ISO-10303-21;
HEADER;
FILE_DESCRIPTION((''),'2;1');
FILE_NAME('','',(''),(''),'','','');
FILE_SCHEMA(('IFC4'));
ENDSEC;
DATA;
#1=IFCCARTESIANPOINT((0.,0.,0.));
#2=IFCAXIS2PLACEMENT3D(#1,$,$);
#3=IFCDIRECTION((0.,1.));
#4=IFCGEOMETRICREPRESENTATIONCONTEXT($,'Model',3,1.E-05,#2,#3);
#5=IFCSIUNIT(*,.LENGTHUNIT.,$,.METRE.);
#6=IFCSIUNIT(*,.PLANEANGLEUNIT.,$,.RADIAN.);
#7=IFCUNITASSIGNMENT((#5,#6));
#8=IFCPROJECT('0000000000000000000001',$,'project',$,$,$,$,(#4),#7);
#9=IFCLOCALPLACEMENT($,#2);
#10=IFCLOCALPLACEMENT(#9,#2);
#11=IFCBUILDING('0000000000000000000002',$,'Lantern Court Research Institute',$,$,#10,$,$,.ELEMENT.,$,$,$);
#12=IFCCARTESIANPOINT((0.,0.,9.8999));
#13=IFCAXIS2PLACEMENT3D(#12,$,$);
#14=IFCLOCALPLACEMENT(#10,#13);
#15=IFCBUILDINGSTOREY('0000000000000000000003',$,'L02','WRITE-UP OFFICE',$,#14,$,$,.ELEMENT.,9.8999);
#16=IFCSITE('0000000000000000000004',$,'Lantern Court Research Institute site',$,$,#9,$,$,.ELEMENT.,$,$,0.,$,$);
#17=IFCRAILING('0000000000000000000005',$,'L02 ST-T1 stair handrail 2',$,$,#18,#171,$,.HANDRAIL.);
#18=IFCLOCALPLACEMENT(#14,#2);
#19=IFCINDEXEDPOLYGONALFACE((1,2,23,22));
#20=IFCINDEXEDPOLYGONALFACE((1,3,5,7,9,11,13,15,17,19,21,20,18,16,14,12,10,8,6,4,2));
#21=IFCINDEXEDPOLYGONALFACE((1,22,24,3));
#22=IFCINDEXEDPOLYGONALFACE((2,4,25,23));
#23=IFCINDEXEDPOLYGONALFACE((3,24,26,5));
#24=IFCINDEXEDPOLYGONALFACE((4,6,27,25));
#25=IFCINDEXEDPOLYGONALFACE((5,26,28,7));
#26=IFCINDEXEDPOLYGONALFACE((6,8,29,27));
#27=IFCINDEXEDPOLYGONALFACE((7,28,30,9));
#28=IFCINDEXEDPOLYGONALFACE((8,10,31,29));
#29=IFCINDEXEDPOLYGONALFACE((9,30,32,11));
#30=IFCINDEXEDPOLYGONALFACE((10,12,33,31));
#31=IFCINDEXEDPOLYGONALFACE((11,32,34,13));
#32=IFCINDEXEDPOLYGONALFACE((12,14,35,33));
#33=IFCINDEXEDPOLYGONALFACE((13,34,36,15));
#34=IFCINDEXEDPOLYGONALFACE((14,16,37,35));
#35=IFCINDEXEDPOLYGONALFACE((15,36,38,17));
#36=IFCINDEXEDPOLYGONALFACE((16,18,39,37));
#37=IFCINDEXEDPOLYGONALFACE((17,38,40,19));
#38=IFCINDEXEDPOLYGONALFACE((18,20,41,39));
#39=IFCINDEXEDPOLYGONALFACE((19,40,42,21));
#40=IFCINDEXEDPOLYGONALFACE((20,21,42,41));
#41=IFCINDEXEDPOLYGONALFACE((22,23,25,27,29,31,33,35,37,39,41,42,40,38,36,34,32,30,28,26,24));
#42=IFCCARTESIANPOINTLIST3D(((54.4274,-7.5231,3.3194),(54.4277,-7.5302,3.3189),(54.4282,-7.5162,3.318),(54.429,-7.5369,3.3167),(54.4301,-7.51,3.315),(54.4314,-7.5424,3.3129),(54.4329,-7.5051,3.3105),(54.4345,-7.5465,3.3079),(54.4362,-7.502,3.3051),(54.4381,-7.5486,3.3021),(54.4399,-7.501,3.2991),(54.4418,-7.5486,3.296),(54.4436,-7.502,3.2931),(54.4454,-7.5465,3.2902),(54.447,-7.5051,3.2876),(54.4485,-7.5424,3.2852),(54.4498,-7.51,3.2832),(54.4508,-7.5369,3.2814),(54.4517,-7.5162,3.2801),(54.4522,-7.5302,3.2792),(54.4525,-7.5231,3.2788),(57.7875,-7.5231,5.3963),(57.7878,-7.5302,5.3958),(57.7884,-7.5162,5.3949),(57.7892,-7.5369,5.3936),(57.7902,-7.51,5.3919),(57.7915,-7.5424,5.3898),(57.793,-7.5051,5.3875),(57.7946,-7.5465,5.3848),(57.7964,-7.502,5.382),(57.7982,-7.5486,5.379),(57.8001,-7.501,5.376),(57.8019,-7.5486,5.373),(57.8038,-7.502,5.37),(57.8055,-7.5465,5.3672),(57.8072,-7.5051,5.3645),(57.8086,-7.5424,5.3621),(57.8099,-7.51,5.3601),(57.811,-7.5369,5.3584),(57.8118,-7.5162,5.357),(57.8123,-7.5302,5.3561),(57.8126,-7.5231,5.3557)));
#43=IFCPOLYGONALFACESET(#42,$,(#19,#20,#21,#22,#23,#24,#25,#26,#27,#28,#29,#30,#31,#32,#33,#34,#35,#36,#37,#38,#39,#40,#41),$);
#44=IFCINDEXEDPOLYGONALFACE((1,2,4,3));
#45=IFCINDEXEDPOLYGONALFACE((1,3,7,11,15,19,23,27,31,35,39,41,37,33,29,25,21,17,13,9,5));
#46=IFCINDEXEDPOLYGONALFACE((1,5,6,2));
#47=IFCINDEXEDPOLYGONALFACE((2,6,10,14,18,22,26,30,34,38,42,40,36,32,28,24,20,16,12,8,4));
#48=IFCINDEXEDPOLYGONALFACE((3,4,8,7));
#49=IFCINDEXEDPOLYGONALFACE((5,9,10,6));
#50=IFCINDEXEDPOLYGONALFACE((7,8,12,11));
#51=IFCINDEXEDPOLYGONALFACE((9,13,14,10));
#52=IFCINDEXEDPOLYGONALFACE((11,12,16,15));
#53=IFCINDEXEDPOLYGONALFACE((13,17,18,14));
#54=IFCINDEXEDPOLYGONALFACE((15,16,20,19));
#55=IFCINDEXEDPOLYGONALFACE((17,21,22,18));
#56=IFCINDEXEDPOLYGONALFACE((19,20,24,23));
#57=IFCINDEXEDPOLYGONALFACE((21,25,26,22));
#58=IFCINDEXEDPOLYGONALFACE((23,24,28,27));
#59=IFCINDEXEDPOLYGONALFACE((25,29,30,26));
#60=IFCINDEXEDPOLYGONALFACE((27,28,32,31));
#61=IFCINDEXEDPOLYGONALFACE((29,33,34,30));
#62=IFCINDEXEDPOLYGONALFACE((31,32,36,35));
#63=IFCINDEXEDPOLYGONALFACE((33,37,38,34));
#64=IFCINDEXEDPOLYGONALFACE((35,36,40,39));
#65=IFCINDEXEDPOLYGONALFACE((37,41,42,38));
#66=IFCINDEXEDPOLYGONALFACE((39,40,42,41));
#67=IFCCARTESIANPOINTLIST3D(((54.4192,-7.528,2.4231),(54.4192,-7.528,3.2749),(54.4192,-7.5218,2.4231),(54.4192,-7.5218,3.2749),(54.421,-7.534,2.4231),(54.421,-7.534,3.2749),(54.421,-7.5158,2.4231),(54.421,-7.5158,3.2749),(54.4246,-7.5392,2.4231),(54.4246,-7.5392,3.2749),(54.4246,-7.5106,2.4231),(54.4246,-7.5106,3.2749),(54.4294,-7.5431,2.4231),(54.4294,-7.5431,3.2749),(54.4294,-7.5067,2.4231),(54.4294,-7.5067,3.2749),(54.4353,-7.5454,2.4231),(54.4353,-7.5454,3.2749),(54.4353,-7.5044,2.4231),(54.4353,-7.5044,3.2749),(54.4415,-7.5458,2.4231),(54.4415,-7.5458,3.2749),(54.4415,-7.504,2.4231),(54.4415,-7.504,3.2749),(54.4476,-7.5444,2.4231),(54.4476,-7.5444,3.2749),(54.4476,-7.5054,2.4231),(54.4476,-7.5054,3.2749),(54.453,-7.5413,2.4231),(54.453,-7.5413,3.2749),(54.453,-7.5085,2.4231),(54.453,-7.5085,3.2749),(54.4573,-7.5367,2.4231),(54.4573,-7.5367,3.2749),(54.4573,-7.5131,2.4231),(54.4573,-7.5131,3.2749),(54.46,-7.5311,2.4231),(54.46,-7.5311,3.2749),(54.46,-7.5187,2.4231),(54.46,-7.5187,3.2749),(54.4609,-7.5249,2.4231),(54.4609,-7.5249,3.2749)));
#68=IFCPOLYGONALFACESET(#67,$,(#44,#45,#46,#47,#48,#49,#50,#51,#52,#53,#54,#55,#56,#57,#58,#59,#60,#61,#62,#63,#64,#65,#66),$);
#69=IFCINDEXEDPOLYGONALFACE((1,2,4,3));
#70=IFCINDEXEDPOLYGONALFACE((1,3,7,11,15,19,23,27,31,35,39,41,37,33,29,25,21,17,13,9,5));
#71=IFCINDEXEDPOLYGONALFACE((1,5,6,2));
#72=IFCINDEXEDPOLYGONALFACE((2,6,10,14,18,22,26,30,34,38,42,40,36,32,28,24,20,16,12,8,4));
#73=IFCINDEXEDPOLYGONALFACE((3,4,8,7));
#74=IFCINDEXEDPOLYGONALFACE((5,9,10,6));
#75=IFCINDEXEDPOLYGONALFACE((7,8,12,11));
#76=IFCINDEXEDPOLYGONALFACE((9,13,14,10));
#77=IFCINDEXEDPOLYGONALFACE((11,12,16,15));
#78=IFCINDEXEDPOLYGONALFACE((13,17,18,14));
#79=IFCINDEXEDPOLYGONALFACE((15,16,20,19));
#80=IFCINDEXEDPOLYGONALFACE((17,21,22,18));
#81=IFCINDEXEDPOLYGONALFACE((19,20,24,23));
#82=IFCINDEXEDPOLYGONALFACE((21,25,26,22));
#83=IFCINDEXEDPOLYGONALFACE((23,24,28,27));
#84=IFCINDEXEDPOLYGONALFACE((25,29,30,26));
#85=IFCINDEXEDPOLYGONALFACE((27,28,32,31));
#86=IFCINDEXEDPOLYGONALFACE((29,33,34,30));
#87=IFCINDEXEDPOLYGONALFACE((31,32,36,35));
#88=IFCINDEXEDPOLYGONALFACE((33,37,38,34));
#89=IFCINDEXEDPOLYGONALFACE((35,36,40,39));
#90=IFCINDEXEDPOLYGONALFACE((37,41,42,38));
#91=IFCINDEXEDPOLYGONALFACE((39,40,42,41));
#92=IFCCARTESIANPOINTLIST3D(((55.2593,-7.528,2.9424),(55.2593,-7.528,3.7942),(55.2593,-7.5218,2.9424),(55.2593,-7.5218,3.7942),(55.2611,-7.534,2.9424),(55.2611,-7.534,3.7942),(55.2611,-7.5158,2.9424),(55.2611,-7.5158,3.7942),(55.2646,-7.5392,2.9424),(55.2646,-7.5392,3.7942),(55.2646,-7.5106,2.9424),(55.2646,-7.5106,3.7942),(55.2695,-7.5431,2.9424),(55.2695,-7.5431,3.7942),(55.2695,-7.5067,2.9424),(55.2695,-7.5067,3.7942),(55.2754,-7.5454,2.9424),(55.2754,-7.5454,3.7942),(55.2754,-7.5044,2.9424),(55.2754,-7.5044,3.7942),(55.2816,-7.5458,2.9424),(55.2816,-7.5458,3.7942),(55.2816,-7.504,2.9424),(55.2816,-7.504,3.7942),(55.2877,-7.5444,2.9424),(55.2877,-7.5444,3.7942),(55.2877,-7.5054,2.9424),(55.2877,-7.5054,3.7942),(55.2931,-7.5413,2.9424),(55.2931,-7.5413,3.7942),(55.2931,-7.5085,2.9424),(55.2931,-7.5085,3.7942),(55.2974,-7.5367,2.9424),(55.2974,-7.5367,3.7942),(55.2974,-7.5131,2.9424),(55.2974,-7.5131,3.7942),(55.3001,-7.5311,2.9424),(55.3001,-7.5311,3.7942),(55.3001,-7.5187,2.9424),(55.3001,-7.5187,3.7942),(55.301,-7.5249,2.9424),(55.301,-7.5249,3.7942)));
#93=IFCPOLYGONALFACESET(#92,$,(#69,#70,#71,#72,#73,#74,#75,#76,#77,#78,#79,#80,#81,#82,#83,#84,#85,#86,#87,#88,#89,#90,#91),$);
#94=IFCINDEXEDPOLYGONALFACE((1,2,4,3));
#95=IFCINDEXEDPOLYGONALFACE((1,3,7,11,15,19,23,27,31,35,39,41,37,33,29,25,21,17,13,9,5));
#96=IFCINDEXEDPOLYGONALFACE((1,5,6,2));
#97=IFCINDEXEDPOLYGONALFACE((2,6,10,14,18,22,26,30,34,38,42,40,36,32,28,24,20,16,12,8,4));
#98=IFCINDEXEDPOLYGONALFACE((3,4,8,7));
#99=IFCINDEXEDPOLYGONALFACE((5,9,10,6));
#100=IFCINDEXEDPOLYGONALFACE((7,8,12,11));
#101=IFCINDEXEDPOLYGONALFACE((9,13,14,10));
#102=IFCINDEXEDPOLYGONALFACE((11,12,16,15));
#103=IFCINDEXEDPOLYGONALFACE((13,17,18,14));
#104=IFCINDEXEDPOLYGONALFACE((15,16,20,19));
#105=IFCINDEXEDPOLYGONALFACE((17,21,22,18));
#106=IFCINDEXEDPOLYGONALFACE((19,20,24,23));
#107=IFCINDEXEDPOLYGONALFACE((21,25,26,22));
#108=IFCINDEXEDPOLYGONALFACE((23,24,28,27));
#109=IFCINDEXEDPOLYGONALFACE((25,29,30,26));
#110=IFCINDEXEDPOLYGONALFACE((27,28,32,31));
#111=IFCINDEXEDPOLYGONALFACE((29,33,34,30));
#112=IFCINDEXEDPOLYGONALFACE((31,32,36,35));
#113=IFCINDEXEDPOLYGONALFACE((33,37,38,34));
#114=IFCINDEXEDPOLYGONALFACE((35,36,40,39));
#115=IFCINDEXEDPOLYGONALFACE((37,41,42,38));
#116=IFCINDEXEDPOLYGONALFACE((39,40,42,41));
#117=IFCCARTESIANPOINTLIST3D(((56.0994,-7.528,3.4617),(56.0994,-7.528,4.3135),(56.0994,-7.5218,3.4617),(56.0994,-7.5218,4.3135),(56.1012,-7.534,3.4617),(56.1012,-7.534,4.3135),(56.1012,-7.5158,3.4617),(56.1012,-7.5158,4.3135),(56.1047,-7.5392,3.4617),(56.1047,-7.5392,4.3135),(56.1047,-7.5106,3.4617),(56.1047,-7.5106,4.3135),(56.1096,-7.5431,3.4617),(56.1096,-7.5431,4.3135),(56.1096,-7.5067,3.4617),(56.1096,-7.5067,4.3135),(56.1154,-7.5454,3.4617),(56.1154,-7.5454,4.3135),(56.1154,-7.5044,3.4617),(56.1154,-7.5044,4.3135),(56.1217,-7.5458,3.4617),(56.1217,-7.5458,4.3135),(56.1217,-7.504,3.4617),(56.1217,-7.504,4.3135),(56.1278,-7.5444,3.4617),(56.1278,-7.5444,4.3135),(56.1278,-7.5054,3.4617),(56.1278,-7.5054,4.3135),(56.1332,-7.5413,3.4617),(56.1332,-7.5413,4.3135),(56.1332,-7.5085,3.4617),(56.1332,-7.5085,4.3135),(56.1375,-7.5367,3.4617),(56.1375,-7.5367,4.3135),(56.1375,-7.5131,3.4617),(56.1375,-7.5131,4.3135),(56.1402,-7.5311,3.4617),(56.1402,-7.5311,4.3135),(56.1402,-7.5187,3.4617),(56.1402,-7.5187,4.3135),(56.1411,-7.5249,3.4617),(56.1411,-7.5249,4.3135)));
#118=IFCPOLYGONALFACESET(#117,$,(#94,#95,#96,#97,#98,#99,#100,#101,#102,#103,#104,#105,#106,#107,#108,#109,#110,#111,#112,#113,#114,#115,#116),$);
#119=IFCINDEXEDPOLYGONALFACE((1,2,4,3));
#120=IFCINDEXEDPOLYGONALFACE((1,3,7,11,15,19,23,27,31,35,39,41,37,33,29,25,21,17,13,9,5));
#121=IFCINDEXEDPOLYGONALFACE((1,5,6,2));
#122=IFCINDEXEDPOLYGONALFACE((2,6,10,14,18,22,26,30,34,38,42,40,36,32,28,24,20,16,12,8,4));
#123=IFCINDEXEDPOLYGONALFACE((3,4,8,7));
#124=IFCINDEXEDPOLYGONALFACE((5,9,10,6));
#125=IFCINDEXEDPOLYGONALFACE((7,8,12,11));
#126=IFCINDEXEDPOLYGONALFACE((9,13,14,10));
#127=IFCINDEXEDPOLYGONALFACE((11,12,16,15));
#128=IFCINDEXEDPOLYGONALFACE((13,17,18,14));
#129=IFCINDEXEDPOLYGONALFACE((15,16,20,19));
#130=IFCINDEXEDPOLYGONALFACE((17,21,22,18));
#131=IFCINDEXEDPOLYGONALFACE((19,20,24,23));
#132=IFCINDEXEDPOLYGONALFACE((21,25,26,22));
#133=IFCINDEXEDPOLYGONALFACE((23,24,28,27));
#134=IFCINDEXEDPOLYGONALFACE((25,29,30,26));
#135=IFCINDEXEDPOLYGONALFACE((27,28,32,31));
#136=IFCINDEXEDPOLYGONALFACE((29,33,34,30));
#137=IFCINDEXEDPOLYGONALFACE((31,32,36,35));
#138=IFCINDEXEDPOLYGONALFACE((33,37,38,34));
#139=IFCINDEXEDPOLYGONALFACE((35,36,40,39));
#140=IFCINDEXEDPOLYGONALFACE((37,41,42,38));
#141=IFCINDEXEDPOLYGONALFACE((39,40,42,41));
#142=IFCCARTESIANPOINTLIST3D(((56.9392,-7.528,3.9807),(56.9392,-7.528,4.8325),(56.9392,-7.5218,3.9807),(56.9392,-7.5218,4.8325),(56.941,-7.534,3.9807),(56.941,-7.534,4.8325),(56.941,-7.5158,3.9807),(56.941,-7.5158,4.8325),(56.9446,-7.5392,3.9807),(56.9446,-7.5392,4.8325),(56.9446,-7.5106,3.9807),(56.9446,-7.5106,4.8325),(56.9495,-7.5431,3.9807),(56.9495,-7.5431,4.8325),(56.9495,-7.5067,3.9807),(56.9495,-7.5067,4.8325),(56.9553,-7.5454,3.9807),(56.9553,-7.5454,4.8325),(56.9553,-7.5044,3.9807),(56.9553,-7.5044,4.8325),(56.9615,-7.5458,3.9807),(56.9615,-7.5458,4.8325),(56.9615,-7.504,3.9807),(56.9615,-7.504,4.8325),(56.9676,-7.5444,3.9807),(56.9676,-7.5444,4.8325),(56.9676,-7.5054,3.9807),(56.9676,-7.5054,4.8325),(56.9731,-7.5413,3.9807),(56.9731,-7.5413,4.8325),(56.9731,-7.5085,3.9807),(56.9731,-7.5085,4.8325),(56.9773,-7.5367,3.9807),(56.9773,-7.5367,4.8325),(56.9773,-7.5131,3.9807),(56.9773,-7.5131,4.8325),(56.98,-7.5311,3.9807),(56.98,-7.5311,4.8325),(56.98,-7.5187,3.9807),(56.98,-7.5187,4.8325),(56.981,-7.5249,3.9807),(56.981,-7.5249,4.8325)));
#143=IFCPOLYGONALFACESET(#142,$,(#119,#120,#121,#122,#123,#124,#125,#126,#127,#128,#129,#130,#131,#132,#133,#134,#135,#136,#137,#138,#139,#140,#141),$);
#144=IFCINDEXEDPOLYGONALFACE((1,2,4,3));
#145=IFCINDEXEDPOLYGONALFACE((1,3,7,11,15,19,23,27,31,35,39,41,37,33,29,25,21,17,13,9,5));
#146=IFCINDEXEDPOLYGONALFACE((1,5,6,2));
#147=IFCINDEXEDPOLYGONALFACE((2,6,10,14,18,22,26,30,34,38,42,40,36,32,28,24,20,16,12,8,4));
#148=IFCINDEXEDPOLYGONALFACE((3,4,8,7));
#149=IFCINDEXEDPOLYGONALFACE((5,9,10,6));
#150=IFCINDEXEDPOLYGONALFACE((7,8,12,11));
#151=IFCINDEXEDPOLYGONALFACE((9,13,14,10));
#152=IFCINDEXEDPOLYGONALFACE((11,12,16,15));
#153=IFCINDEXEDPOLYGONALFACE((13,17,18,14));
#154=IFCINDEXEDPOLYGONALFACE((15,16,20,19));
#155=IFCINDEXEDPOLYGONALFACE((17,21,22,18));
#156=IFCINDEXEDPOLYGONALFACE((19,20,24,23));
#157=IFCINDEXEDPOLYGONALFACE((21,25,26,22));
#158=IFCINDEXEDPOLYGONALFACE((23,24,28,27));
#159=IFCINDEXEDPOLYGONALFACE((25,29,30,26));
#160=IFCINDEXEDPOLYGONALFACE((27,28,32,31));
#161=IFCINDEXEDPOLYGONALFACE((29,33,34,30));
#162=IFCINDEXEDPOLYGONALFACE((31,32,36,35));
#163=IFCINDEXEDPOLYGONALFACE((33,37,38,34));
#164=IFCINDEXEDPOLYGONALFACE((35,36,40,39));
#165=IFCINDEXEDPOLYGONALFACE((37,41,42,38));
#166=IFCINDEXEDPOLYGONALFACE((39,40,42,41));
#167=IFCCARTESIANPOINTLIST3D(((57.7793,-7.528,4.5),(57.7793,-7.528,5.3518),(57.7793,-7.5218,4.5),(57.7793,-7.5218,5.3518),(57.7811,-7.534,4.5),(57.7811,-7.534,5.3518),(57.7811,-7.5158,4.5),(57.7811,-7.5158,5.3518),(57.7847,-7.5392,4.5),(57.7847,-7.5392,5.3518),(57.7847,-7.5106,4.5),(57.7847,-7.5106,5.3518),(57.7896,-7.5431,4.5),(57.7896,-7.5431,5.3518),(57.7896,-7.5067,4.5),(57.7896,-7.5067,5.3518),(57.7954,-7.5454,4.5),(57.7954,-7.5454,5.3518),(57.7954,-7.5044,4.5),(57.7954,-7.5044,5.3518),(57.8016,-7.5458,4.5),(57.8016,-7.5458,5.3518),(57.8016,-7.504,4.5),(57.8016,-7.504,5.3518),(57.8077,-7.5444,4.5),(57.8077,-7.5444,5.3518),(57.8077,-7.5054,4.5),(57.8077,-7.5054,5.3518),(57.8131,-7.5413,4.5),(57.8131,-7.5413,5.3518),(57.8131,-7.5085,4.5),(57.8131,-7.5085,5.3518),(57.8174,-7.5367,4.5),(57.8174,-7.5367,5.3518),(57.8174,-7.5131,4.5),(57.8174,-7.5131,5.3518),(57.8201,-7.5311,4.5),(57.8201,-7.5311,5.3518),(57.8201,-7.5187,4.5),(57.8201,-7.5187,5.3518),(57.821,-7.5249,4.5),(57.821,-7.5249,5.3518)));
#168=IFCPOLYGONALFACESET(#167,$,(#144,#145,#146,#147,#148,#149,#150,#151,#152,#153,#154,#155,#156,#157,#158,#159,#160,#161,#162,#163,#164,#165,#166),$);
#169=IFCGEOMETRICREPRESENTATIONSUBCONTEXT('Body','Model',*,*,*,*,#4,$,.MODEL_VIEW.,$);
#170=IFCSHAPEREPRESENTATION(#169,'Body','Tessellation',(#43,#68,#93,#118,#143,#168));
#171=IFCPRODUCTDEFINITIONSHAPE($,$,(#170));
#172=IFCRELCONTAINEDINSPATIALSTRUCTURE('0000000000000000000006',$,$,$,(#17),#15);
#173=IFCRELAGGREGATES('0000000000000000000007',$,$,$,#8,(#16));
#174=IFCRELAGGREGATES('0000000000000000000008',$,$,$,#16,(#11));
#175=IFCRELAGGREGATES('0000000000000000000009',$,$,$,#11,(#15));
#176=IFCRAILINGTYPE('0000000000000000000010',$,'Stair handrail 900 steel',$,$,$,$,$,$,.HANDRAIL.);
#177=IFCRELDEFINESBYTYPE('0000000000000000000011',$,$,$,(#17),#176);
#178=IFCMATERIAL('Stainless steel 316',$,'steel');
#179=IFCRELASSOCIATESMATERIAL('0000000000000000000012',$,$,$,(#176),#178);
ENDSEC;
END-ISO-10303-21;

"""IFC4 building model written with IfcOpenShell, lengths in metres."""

from ifc_helpers import new_model, si_unit, direction, frame, origin, origin_2d, place, context, subcontext, project, spatial, circle, extrude, material, type_object, element, save


model = new_model("IFC4")

# Units and contexts
model_context = context("Model", 3, precision=1e-05, world=origin(), true_north=direction((0.0, 1.0)))
body_context = subcontext(model_context, "Body", "Model", "MODEL_VIEW")
ifc_project = project(units=[si_unit("LENGTHUNIT", "METRE"), si_unit("PLANEANGLEUNIT", "RADIAN")], contexts=[model_context])

# Site, building, storey
site_placement = place(None, origin())
site = spatial("IfcSite", under=ifc_project, at=site_placement, Name="Lantern Court Research Institute site", CompositionType="ELEMENT", RefElevation=0.0)
building_placement = place(site_placement, origin())
building = spatial("IfcBuilding", under=site, at=building_placement, Name="Lantern Court Research Institute", CompositionType="ELEMENT")
storey_placement = place(building_placement, frame((0.0, 0.0, 9.8999)))
storey = spatial("IfcBuildingStorey", under=building, at=storey_placement, Name="L02", Description="WRITE-UP OFFICE", CompositionType="ELEMENT", Elevation=9.8999)

# Railing
ifc_material_1 = material(Name="Stainless steel 316", Category="steel")
railing_type_1 = type_object("IfcRailingType", Name="Stair handrail 900 steel", PredefinedType="HANDRAIL", material=ifc_material_1)
railing_1_placement = place(storey_placement, frame((54.4399, -7.5249, 2.4231)))
element("IfcRailing", 1, at=railing_1_placement, inside=storey, type_object=railing_type_1, Name="L02 ST-T1 stair handrail 2", PredefinedType="HANDRAIL", context=body_context, shape_type="SweptSolid", body=[
    extrude(circle(Radius=0.0239, at=origin_2d()), frame((0.0, 0.0, 0.876), z_axis=(0.850623, 0.0, 0.525776), x_axis=(0.0, 1.0, 0.0)), (0.0, 0.0, 1.0), 3.9502),
    extrude(circle(Radius=0.021, at=origin_2d()), origin(), (0.0, 0.0, 1.0), 0.8518),
    extrude(circle(Radius=0.021, at=origin_2d()), frame((0.8401, 0.0, 0.5193)), (0.0, 0.0, 1.0), 0.8518),
    extrude(circle(Radius=0.021, at=origin_2d()), frame((1.6802, 0.0, 1.0386)), (0.0, 0.0, 1.0), 0.8518),
    extrude(circle(Radius=0.021, at=origin_2d()), frame((2.52, 0.0, 1.5576)), (0.0, 0.0, 1.0), 0.8518),
    extrude(circle(Radius=0.021, at=origin_2d()), frame((3.3601, 0.0, 2.0769)), (0.0, 0.0, 1.0), 0.8518),
])

save(model, "model.ifc")
